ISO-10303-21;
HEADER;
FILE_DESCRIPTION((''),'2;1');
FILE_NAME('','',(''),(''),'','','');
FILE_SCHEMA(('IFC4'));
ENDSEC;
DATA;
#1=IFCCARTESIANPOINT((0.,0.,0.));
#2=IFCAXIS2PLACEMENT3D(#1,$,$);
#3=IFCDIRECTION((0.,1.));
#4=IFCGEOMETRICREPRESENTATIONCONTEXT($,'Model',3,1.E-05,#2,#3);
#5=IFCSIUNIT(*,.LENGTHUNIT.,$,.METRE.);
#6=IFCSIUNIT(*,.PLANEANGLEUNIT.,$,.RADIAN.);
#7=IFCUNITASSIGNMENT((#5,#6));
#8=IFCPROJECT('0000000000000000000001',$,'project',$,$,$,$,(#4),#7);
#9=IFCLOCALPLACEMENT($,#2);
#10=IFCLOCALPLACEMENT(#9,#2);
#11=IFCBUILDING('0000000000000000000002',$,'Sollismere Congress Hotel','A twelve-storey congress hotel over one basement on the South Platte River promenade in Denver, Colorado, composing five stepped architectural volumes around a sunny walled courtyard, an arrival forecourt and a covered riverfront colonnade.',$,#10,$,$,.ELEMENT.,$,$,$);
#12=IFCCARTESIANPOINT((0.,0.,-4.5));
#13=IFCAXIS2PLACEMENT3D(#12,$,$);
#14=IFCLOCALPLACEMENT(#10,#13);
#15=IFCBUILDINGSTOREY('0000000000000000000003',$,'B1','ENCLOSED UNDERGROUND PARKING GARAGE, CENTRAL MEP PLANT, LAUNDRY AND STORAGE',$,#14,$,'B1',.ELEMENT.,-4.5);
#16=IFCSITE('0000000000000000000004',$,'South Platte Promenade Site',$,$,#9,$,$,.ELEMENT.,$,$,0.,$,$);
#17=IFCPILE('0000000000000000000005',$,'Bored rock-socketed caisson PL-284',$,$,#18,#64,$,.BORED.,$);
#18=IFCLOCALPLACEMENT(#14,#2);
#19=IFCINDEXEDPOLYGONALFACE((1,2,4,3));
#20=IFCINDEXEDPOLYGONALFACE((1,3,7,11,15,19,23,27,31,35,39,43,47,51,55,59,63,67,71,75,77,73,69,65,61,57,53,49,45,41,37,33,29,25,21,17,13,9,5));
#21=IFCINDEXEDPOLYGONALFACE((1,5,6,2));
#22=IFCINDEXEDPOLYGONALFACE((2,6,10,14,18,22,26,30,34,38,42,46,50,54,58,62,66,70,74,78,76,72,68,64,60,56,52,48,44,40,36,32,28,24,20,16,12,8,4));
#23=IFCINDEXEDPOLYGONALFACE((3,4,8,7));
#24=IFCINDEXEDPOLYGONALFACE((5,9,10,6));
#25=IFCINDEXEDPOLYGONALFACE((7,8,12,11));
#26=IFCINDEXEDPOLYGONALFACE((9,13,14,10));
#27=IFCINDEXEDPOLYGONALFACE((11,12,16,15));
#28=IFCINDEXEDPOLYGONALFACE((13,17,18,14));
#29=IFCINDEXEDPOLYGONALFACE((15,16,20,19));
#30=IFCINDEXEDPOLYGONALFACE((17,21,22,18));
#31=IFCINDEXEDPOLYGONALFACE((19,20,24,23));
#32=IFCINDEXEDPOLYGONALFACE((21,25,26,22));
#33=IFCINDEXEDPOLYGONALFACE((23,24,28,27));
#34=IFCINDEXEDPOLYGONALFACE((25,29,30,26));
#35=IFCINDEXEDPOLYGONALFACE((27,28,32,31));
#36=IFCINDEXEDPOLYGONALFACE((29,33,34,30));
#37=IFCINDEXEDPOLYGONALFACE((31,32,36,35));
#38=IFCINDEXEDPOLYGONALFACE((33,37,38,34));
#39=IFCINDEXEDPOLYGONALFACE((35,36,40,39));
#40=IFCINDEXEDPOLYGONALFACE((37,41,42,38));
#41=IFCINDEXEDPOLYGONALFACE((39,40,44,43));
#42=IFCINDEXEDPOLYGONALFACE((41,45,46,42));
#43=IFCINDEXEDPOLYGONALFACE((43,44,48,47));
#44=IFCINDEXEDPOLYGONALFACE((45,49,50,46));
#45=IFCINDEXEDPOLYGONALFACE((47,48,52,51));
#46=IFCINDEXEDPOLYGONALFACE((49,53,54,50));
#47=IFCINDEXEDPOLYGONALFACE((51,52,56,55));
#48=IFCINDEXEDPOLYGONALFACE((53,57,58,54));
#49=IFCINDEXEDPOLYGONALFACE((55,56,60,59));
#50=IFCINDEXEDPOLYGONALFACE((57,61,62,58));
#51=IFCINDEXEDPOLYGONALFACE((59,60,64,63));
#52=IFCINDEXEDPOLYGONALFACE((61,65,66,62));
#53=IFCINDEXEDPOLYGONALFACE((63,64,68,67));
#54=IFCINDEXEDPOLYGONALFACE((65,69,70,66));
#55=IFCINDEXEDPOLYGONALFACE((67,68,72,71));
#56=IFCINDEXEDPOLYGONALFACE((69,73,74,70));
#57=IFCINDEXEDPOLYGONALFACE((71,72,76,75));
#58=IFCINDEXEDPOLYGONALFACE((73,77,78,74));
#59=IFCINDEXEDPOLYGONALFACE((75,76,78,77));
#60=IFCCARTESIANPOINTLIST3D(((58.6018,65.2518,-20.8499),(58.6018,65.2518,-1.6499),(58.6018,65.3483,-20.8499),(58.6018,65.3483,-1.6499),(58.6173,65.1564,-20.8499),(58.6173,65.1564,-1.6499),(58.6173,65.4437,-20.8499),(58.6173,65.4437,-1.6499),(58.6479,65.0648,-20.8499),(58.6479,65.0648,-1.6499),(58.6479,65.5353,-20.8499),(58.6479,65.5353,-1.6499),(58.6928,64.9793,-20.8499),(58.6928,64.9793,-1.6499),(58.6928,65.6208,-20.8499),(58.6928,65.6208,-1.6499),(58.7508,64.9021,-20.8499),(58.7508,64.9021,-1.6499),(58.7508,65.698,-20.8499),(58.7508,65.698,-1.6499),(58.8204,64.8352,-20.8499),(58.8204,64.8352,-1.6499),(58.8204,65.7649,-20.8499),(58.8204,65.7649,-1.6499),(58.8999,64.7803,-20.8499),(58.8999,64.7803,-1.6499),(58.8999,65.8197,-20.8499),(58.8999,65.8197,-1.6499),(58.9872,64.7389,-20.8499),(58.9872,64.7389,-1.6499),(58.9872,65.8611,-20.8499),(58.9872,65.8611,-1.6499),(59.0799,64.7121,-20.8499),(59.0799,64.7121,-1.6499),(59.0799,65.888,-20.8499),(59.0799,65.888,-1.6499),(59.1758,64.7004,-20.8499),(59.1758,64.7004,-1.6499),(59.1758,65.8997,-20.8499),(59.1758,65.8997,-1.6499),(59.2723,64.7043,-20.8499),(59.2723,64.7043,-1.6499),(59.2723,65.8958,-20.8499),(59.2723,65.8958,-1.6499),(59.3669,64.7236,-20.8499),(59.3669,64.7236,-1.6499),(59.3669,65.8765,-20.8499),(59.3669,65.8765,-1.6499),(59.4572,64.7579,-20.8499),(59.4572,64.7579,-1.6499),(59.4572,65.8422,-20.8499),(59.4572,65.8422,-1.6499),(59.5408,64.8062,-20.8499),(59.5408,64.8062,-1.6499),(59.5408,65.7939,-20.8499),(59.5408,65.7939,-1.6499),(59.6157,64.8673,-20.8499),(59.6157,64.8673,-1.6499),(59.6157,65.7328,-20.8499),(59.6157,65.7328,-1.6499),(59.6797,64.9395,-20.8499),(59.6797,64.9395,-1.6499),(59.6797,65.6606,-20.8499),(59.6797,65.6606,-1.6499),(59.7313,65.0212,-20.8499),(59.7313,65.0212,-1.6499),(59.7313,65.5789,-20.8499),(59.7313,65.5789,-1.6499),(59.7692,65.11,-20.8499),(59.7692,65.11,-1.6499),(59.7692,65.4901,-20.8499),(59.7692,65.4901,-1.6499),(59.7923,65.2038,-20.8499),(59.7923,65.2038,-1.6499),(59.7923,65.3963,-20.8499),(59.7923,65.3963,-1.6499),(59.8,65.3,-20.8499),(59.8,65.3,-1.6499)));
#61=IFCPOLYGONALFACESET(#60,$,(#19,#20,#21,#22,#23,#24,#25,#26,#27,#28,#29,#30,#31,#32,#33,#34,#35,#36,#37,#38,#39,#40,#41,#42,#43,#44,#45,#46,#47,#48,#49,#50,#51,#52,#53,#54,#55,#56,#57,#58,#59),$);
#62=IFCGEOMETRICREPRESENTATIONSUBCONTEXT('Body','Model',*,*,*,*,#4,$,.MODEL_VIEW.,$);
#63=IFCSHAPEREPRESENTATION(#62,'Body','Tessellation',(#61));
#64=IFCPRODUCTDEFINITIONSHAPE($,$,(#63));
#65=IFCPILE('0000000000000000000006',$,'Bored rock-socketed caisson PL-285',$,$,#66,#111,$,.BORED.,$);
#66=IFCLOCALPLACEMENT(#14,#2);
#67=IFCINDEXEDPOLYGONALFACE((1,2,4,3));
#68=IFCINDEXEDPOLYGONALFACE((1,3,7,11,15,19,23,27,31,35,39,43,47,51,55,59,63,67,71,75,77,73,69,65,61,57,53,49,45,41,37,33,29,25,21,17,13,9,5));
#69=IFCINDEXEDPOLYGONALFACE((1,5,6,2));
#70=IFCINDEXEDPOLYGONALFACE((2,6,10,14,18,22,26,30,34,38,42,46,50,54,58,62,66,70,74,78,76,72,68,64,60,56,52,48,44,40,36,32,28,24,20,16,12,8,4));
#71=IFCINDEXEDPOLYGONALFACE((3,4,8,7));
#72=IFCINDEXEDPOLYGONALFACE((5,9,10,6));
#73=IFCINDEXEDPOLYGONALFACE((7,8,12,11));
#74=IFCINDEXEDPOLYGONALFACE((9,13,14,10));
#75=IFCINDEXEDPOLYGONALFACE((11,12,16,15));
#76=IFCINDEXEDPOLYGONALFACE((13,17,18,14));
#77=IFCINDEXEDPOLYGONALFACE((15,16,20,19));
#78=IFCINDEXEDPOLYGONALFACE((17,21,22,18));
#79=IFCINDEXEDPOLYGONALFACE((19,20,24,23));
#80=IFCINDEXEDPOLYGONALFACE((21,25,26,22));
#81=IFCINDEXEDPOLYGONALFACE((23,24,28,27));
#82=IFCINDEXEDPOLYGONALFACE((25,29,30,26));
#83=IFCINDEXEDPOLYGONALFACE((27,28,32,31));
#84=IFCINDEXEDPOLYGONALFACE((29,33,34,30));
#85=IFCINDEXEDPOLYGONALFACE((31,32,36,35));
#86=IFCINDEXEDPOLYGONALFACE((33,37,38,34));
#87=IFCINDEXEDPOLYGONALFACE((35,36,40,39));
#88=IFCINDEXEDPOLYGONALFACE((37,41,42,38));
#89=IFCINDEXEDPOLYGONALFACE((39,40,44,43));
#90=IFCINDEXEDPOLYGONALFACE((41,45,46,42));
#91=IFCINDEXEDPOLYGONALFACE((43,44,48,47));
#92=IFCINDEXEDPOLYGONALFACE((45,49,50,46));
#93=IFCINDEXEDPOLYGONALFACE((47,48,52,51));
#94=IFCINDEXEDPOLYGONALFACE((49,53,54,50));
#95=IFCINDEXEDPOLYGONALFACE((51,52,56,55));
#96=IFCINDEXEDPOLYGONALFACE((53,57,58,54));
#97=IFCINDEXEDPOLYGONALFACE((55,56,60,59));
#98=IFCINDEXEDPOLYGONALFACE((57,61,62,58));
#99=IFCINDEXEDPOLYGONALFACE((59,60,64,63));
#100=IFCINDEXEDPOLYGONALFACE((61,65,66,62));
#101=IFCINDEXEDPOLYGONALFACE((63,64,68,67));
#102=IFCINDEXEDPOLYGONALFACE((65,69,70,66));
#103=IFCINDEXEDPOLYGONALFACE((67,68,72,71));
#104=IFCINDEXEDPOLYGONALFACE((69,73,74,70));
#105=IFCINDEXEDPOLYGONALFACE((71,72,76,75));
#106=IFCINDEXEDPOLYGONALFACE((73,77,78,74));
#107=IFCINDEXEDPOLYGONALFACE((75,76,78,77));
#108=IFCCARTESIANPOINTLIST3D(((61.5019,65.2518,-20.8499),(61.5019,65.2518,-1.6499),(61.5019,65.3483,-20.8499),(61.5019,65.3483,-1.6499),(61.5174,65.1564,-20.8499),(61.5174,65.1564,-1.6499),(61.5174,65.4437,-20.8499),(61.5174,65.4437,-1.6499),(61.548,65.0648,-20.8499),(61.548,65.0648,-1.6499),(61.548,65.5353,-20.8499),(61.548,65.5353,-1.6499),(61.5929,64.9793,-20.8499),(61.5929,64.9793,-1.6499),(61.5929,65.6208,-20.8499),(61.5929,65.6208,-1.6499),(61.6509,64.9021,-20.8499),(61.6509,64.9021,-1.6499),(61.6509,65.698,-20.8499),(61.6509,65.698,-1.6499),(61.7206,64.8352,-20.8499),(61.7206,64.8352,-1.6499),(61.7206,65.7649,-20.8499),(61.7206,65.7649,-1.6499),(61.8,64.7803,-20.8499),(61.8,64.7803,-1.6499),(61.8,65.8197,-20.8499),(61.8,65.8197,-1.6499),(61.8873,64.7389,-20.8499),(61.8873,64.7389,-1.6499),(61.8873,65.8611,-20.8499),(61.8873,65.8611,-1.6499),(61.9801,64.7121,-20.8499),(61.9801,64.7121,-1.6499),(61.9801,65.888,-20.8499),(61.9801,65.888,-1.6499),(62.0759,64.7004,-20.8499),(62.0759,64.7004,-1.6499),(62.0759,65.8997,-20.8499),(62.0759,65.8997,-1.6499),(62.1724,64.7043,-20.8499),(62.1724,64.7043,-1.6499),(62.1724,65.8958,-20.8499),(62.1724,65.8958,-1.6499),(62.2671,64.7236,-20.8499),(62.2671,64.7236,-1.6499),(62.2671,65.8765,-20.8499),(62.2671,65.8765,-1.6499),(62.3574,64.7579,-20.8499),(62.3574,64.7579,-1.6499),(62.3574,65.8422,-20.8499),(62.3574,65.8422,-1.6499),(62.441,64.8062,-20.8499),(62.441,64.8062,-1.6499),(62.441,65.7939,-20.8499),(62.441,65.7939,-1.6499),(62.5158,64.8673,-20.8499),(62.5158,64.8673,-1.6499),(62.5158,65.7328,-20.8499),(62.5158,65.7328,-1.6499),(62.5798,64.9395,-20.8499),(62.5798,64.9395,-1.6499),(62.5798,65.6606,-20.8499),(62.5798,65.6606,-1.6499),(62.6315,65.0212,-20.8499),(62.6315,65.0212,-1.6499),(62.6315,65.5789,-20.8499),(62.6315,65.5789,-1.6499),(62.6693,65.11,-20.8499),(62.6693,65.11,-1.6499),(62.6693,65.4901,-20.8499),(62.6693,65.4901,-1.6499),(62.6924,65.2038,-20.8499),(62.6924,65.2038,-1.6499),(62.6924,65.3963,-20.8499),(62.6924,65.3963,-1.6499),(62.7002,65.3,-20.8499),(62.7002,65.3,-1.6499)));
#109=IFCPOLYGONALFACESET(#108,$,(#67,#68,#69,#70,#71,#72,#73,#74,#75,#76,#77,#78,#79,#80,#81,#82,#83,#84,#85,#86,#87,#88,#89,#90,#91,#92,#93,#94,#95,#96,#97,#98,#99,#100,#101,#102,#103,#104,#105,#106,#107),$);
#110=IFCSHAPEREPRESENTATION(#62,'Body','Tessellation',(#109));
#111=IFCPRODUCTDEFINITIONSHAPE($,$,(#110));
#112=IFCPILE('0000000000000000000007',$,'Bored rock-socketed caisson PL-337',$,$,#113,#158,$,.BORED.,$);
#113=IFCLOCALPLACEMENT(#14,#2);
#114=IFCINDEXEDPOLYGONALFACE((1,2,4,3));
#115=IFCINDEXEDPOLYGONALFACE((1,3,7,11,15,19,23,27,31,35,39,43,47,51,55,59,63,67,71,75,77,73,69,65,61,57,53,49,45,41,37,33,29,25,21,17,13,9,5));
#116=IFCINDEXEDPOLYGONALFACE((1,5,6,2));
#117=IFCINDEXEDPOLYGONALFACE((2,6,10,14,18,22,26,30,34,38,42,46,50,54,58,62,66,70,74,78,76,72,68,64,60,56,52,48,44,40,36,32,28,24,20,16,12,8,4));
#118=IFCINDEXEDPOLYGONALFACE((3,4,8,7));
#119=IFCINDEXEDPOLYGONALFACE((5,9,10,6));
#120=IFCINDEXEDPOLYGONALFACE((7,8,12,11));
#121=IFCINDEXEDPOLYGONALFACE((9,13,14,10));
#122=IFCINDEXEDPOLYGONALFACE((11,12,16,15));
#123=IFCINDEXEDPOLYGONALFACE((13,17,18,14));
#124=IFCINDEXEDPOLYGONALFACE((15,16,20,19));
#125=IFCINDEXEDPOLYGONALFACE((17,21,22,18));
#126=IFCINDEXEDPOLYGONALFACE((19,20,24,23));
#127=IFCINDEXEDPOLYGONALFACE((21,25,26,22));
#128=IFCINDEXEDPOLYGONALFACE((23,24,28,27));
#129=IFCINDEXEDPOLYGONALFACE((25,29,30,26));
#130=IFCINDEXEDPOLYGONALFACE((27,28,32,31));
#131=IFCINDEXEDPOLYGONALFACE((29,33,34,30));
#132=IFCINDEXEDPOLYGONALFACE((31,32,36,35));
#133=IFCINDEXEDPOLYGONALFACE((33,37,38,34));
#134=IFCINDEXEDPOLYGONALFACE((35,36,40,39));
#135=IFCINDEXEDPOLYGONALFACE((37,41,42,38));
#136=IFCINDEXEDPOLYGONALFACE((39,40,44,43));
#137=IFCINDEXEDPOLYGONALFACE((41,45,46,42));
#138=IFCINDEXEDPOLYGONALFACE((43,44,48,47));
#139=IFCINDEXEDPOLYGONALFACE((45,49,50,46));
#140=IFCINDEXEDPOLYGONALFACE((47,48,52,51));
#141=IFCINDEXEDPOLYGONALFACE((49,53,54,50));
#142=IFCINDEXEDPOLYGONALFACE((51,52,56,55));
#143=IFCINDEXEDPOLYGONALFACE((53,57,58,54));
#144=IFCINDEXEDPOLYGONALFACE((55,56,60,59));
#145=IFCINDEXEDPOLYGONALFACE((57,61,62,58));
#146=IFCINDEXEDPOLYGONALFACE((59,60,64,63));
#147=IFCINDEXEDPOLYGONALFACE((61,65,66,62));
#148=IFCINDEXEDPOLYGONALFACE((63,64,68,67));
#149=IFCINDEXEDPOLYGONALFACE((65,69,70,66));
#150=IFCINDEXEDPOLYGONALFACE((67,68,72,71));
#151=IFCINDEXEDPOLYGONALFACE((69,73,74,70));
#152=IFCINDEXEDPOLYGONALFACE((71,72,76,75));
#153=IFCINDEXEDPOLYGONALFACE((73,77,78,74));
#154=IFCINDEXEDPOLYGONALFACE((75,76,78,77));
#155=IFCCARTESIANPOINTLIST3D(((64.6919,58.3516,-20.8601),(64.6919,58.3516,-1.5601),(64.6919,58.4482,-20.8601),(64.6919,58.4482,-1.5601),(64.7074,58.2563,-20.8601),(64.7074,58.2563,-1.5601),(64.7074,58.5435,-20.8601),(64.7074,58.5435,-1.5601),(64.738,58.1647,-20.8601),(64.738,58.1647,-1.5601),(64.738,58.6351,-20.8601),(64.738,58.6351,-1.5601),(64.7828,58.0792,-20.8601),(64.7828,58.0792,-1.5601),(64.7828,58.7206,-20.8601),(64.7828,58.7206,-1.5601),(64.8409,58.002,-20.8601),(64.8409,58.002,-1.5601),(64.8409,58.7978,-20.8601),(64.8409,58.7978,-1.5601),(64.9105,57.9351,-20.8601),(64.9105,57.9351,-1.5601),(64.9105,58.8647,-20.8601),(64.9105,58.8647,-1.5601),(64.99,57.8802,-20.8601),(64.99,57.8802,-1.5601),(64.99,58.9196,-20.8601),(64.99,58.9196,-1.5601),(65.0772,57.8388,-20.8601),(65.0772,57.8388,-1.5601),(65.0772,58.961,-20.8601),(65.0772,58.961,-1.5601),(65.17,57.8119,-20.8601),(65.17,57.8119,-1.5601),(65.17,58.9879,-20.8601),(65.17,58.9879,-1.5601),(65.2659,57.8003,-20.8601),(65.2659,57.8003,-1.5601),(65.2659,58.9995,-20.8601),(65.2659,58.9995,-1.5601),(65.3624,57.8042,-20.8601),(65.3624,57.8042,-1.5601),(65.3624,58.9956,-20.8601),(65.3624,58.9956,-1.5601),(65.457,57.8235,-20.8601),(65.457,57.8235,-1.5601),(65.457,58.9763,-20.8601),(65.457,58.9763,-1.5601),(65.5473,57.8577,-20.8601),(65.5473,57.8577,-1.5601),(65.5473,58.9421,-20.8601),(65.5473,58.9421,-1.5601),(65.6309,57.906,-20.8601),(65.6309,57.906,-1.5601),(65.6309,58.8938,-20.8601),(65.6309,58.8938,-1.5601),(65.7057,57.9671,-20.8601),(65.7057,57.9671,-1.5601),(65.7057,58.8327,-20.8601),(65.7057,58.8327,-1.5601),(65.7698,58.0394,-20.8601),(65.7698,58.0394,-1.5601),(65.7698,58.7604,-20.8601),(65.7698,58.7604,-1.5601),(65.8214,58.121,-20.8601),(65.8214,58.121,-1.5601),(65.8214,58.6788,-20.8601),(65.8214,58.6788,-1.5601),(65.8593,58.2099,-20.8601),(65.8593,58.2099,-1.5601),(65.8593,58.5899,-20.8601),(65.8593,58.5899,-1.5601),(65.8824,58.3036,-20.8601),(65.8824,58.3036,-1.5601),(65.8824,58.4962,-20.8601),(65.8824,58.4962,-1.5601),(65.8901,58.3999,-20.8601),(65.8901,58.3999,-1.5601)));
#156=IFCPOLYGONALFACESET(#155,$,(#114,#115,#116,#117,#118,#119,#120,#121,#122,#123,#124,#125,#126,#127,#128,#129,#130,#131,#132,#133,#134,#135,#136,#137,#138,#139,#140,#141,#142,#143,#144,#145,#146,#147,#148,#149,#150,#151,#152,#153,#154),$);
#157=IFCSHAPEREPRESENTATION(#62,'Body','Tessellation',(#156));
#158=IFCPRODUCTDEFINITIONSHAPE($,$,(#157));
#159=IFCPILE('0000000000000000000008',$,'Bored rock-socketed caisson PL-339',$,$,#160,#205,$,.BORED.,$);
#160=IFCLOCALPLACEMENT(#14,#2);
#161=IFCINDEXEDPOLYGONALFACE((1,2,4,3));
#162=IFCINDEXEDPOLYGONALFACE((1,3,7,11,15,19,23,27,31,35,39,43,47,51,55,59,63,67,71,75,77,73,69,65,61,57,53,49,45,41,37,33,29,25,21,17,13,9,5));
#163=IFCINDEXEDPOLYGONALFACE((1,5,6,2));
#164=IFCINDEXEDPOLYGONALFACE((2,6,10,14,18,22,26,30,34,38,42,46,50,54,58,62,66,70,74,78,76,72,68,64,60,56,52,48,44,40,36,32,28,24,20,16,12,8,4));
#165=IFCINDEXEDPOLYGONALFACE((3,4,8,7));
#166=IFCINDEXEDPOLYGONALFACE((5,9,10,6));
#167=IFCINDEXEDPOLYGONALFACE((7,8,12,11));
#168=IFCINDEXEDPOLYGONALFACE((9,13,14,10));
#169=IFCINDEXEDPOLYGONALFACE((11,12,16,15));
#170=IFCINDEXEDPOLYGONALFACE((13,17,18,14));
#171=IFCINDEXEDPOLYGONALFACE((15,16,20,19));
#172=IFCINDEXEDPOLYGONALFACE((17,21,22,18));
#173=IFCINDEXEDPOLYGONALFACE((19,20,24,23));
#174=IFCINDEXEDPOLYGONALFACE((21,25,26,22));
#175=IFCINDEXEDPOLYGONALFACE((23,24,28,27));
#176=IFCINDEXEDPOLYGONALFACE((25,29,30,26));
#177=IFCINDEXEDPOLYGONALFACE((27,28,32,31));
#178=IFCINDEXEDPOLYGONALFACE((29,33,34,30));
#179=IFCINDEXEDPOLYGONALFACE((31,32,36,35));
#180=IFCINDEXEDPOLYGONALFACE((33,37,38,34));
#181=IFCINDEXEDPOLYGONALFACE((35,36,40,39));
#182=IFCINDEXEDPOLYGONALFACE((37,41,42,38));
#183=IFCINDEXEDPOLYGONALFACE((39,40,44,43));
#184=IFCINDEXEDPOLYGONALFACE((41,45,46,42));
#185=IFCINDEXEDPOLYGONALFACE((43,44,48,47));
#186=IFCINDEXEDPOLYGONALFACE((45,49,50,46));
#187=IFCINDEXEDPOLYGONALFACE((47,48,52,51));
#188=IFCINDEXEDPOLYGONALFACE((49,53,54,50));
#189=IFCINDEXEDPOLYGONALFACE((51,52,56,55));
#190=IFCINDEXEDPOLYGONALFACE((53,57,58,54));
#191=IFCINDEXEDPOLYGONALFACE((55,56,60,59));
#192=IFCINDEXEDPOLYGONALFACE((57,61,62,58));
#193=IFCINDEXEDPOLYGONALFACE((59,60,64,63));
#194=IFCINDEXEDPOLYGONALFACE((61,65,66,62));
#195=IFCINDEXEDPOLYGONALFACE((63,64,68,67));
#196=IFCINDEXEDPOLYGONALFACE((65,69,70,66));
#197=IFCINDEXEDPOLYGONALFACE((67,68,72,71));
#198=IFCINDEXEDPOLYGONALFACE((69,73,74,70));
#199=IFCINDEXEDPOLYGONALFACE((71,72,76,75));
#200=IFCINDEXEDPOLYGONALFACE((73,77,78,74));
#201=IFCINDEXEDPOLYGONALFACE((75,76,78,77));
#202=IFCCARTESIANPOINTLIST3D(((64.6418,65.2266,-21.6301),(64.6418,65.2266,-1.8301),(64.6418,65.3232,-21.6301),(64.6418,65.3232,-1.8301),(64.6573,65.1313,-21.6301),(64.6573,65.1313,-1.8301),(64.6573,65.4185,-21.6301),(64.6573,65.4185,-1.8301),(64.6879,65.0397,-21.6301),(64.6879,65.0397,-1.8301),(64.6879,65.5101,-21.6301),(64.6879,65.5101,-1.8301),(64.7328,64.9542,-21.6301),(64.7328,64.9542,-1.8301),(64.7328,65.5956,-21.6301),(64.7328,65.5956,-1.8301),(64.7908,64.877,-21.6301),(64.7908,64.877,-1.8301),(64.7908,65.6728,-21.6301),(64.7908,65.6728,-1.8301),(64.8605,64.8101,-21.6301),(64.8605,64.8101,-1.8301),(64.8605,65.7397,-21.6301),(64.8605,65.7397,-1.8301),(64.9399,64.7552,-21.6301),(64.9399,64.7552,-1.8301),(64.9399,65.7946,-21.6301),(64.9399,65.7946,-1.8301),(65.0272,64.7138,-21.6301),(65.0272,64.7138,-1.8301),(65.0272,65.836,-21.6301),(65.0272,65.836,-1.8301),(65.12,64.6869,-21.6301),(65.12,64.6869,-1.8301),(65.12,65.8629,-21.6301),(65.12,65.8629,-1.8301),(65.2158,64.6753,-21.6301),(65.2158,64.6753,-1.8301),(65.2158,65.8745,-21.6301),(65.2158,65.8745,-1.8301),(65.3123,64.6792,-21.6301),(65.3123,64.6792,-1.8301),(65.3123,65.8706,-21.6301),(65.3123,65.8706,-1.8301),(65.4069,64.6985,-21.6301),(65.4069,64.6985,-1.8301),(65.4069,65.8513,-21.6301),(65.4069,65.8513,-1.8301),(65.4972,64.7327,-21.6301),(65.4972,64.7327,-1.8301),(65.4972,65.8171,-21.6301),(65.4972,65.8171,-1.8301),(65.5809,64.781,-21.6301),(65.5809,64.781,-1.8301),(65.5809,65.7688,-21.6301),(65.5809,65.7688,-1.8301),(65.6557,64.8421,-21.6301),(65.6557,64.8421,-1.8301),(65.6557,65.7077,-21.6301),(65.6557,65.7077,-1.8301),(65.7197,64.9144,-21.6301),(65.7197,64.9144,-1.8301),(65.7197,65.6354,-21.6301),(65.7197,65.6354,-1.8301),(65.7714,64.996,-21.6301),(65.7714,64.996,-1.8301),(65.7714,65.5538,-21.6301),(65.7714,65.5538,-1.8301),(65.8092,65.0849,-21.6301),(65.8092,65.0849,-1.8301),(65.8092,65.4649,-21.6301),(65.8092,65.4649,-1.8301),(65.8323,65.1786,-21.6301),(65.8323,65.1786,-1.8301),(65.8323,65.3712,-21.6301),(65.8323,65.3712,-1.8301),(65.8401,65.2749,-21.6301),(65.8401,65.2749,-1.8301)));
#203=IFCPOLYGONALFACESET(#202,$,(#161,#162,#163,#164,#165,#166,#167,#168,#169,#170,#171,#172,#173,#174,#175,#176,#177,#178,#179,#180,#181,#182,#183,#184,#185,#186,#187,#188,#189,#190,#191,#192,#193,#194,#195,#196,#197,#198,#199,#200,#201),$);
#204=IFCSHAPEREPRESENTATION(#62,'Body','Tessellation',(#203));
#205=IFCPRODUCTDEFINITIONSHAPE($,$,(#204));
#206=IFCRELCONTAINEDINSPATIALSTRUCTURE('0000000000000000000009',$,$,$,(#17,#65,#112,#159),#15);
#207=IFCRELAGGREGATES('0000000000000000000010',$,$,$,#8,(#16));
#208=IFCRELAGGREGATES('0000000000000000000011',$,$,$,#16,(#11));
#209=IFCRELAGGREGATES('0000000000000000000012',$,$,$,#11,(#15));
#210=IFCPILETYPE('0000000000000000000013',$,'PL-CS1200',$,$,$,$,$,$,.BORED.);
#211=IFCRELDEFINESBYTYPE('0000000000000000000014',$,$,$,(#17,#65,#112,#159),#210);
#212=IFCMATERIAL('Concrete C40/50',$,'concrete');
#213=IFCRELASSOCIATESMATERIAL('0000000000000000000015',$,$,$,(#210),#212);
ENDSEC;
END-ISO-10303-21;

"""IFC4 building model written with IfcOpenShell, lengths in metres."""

from ifc_helpers import new_model, si_unit, direction, frame, origin, origin_2d, place, context, subcontext, project, spatial, circle, extrude, material, material_profile, profile_set, type_object, element, save


model = new_model("IFC4")

# Units and contexts
model_context = context("Model", 3, precision=1e-05, world=origin(), true_north=direction((0.0, 1.0)))
body_context = subcontext(model_context, "Body", "Model", "MODEL_VIEW")
ifc_project = project(units=[si_unit("LENGTHUNIT", "METRE"), si_unit("PLANEANGLEUNIT", "RADIAN")], contexts=[model_context])

# Site, building, storey
site_placement = place(None, origin())
site = spatial("IfcSite", under=ifc_project, at=site_placement, Name="South Platte Promenade Site", CompositionType="ELEMENT", RefElevation=0.0)
building_placement = place(site_placement, origin())
building = spatial("IfcBuilding", under=site, at=building_placement, Name="Sollismere Congress Hotel", Description="A twelve-storey congress hotel over one basement on the South Platte River promenade in Denver, Colorado, composing five stepped architectural volumes around a sunny walled courtyard, an arrival forecourt and a covered riverfront colonnade.", CompositionType="ELEMENT")
storey_placement = place(building_placement, frame((0.0, 0.0, -4.5)))
storey = spatial("IfcBuildingStorey", under=building, at=storey_placement, Name="B1", Description="ENCLOSED UNDERGROUND PARKING GARAGE, CENTRAL MEP PLANT, LAUNDRY AND STORAGE", LongName="B1", CompositionType="ELEMENT", Elevation=-4.5)

# Shared definitions
ifc_material_1 = material(Name="Concrete C40/50", Category="concrete")

# Piles
ifc_material_profile_1 = material_profile(ifc_material_1, circle(Radius=0.6001, at=origin_2d()), Name="CAISSON1200")
ifc_profile_set_1 = profile_set([ifc_material_profile_1], Name="Concrete C40/50")
pile_type = type_object("IfcPileType", Name="PL-CS1200", PredefinedType="BORED", material=ifc_profile_set_1)
for number, where, z_axis, x_axis, name in (
    (1, (59.2, 65.3, -1.6499), (0.0, 0.0, -1.0), (1.0, 0.0, 0.0), "Bored rock-socketed caisson PL-284"),
    (2, (62.1001, 65.3, -1.6499), (0.0, 0.0, -1.0), (1.0, 0.0, 0.0), "Bored rock-socketed caisson PL-285"),
):
    element("IfcPile", number, at=place(storey_placement, frame(where, z_axis=z_axis, x_axis=x_axis)), inside=storey, type_object=pile_type, Name=name, PredefinedType="BORED", context=body_context, shape_type="SweptSolid", body=[
        extrude(circle(Radius=0.6001, at=origin_2d()), origin(), (0.0, 0.0, 1.0), 19.2),
    ])
pile_1_placement = place(storey_placement, frame((65.29, 58.3999, -1.5601), z_axis=(0.0, 0.0, -1.0), x_axis=(1.0, 0.0, 0.0)))
element("IfcPile", 3, at=pile_1_placement, inside=storey, type_object=pile_type, Name="Bored rock-socketed caisson PL-337", PredefinedType="BORED", context=body_context, shape_type="SweptSolid", body=[
    extrude(circle(Radius=0.6001, at=origin_2d()), origin(), (0.0, 0.0, 1.0), 19.3),
])
pile_2_placement = place(storey_placement, frame((65.24, 65.2749, -1.8301), z_axis=(0.0, 0.0, -1.0), x_axis=(1.0, 0.0, 0.0)))
element("IfcPile", 4, at=pile_2_placement, inside=storey, type_object=pile_type, Name="Bored rock-socketed caisson PL-339", PredefinedType="BORED", context=body_context, shape_type="SweptSolid", body=[
    extrude(circle(Radius=0.6001, at=origin_2d()), origin(), (0.0, 0.0, 1.0), 19.8),
])

save(model, "model.ifc")
